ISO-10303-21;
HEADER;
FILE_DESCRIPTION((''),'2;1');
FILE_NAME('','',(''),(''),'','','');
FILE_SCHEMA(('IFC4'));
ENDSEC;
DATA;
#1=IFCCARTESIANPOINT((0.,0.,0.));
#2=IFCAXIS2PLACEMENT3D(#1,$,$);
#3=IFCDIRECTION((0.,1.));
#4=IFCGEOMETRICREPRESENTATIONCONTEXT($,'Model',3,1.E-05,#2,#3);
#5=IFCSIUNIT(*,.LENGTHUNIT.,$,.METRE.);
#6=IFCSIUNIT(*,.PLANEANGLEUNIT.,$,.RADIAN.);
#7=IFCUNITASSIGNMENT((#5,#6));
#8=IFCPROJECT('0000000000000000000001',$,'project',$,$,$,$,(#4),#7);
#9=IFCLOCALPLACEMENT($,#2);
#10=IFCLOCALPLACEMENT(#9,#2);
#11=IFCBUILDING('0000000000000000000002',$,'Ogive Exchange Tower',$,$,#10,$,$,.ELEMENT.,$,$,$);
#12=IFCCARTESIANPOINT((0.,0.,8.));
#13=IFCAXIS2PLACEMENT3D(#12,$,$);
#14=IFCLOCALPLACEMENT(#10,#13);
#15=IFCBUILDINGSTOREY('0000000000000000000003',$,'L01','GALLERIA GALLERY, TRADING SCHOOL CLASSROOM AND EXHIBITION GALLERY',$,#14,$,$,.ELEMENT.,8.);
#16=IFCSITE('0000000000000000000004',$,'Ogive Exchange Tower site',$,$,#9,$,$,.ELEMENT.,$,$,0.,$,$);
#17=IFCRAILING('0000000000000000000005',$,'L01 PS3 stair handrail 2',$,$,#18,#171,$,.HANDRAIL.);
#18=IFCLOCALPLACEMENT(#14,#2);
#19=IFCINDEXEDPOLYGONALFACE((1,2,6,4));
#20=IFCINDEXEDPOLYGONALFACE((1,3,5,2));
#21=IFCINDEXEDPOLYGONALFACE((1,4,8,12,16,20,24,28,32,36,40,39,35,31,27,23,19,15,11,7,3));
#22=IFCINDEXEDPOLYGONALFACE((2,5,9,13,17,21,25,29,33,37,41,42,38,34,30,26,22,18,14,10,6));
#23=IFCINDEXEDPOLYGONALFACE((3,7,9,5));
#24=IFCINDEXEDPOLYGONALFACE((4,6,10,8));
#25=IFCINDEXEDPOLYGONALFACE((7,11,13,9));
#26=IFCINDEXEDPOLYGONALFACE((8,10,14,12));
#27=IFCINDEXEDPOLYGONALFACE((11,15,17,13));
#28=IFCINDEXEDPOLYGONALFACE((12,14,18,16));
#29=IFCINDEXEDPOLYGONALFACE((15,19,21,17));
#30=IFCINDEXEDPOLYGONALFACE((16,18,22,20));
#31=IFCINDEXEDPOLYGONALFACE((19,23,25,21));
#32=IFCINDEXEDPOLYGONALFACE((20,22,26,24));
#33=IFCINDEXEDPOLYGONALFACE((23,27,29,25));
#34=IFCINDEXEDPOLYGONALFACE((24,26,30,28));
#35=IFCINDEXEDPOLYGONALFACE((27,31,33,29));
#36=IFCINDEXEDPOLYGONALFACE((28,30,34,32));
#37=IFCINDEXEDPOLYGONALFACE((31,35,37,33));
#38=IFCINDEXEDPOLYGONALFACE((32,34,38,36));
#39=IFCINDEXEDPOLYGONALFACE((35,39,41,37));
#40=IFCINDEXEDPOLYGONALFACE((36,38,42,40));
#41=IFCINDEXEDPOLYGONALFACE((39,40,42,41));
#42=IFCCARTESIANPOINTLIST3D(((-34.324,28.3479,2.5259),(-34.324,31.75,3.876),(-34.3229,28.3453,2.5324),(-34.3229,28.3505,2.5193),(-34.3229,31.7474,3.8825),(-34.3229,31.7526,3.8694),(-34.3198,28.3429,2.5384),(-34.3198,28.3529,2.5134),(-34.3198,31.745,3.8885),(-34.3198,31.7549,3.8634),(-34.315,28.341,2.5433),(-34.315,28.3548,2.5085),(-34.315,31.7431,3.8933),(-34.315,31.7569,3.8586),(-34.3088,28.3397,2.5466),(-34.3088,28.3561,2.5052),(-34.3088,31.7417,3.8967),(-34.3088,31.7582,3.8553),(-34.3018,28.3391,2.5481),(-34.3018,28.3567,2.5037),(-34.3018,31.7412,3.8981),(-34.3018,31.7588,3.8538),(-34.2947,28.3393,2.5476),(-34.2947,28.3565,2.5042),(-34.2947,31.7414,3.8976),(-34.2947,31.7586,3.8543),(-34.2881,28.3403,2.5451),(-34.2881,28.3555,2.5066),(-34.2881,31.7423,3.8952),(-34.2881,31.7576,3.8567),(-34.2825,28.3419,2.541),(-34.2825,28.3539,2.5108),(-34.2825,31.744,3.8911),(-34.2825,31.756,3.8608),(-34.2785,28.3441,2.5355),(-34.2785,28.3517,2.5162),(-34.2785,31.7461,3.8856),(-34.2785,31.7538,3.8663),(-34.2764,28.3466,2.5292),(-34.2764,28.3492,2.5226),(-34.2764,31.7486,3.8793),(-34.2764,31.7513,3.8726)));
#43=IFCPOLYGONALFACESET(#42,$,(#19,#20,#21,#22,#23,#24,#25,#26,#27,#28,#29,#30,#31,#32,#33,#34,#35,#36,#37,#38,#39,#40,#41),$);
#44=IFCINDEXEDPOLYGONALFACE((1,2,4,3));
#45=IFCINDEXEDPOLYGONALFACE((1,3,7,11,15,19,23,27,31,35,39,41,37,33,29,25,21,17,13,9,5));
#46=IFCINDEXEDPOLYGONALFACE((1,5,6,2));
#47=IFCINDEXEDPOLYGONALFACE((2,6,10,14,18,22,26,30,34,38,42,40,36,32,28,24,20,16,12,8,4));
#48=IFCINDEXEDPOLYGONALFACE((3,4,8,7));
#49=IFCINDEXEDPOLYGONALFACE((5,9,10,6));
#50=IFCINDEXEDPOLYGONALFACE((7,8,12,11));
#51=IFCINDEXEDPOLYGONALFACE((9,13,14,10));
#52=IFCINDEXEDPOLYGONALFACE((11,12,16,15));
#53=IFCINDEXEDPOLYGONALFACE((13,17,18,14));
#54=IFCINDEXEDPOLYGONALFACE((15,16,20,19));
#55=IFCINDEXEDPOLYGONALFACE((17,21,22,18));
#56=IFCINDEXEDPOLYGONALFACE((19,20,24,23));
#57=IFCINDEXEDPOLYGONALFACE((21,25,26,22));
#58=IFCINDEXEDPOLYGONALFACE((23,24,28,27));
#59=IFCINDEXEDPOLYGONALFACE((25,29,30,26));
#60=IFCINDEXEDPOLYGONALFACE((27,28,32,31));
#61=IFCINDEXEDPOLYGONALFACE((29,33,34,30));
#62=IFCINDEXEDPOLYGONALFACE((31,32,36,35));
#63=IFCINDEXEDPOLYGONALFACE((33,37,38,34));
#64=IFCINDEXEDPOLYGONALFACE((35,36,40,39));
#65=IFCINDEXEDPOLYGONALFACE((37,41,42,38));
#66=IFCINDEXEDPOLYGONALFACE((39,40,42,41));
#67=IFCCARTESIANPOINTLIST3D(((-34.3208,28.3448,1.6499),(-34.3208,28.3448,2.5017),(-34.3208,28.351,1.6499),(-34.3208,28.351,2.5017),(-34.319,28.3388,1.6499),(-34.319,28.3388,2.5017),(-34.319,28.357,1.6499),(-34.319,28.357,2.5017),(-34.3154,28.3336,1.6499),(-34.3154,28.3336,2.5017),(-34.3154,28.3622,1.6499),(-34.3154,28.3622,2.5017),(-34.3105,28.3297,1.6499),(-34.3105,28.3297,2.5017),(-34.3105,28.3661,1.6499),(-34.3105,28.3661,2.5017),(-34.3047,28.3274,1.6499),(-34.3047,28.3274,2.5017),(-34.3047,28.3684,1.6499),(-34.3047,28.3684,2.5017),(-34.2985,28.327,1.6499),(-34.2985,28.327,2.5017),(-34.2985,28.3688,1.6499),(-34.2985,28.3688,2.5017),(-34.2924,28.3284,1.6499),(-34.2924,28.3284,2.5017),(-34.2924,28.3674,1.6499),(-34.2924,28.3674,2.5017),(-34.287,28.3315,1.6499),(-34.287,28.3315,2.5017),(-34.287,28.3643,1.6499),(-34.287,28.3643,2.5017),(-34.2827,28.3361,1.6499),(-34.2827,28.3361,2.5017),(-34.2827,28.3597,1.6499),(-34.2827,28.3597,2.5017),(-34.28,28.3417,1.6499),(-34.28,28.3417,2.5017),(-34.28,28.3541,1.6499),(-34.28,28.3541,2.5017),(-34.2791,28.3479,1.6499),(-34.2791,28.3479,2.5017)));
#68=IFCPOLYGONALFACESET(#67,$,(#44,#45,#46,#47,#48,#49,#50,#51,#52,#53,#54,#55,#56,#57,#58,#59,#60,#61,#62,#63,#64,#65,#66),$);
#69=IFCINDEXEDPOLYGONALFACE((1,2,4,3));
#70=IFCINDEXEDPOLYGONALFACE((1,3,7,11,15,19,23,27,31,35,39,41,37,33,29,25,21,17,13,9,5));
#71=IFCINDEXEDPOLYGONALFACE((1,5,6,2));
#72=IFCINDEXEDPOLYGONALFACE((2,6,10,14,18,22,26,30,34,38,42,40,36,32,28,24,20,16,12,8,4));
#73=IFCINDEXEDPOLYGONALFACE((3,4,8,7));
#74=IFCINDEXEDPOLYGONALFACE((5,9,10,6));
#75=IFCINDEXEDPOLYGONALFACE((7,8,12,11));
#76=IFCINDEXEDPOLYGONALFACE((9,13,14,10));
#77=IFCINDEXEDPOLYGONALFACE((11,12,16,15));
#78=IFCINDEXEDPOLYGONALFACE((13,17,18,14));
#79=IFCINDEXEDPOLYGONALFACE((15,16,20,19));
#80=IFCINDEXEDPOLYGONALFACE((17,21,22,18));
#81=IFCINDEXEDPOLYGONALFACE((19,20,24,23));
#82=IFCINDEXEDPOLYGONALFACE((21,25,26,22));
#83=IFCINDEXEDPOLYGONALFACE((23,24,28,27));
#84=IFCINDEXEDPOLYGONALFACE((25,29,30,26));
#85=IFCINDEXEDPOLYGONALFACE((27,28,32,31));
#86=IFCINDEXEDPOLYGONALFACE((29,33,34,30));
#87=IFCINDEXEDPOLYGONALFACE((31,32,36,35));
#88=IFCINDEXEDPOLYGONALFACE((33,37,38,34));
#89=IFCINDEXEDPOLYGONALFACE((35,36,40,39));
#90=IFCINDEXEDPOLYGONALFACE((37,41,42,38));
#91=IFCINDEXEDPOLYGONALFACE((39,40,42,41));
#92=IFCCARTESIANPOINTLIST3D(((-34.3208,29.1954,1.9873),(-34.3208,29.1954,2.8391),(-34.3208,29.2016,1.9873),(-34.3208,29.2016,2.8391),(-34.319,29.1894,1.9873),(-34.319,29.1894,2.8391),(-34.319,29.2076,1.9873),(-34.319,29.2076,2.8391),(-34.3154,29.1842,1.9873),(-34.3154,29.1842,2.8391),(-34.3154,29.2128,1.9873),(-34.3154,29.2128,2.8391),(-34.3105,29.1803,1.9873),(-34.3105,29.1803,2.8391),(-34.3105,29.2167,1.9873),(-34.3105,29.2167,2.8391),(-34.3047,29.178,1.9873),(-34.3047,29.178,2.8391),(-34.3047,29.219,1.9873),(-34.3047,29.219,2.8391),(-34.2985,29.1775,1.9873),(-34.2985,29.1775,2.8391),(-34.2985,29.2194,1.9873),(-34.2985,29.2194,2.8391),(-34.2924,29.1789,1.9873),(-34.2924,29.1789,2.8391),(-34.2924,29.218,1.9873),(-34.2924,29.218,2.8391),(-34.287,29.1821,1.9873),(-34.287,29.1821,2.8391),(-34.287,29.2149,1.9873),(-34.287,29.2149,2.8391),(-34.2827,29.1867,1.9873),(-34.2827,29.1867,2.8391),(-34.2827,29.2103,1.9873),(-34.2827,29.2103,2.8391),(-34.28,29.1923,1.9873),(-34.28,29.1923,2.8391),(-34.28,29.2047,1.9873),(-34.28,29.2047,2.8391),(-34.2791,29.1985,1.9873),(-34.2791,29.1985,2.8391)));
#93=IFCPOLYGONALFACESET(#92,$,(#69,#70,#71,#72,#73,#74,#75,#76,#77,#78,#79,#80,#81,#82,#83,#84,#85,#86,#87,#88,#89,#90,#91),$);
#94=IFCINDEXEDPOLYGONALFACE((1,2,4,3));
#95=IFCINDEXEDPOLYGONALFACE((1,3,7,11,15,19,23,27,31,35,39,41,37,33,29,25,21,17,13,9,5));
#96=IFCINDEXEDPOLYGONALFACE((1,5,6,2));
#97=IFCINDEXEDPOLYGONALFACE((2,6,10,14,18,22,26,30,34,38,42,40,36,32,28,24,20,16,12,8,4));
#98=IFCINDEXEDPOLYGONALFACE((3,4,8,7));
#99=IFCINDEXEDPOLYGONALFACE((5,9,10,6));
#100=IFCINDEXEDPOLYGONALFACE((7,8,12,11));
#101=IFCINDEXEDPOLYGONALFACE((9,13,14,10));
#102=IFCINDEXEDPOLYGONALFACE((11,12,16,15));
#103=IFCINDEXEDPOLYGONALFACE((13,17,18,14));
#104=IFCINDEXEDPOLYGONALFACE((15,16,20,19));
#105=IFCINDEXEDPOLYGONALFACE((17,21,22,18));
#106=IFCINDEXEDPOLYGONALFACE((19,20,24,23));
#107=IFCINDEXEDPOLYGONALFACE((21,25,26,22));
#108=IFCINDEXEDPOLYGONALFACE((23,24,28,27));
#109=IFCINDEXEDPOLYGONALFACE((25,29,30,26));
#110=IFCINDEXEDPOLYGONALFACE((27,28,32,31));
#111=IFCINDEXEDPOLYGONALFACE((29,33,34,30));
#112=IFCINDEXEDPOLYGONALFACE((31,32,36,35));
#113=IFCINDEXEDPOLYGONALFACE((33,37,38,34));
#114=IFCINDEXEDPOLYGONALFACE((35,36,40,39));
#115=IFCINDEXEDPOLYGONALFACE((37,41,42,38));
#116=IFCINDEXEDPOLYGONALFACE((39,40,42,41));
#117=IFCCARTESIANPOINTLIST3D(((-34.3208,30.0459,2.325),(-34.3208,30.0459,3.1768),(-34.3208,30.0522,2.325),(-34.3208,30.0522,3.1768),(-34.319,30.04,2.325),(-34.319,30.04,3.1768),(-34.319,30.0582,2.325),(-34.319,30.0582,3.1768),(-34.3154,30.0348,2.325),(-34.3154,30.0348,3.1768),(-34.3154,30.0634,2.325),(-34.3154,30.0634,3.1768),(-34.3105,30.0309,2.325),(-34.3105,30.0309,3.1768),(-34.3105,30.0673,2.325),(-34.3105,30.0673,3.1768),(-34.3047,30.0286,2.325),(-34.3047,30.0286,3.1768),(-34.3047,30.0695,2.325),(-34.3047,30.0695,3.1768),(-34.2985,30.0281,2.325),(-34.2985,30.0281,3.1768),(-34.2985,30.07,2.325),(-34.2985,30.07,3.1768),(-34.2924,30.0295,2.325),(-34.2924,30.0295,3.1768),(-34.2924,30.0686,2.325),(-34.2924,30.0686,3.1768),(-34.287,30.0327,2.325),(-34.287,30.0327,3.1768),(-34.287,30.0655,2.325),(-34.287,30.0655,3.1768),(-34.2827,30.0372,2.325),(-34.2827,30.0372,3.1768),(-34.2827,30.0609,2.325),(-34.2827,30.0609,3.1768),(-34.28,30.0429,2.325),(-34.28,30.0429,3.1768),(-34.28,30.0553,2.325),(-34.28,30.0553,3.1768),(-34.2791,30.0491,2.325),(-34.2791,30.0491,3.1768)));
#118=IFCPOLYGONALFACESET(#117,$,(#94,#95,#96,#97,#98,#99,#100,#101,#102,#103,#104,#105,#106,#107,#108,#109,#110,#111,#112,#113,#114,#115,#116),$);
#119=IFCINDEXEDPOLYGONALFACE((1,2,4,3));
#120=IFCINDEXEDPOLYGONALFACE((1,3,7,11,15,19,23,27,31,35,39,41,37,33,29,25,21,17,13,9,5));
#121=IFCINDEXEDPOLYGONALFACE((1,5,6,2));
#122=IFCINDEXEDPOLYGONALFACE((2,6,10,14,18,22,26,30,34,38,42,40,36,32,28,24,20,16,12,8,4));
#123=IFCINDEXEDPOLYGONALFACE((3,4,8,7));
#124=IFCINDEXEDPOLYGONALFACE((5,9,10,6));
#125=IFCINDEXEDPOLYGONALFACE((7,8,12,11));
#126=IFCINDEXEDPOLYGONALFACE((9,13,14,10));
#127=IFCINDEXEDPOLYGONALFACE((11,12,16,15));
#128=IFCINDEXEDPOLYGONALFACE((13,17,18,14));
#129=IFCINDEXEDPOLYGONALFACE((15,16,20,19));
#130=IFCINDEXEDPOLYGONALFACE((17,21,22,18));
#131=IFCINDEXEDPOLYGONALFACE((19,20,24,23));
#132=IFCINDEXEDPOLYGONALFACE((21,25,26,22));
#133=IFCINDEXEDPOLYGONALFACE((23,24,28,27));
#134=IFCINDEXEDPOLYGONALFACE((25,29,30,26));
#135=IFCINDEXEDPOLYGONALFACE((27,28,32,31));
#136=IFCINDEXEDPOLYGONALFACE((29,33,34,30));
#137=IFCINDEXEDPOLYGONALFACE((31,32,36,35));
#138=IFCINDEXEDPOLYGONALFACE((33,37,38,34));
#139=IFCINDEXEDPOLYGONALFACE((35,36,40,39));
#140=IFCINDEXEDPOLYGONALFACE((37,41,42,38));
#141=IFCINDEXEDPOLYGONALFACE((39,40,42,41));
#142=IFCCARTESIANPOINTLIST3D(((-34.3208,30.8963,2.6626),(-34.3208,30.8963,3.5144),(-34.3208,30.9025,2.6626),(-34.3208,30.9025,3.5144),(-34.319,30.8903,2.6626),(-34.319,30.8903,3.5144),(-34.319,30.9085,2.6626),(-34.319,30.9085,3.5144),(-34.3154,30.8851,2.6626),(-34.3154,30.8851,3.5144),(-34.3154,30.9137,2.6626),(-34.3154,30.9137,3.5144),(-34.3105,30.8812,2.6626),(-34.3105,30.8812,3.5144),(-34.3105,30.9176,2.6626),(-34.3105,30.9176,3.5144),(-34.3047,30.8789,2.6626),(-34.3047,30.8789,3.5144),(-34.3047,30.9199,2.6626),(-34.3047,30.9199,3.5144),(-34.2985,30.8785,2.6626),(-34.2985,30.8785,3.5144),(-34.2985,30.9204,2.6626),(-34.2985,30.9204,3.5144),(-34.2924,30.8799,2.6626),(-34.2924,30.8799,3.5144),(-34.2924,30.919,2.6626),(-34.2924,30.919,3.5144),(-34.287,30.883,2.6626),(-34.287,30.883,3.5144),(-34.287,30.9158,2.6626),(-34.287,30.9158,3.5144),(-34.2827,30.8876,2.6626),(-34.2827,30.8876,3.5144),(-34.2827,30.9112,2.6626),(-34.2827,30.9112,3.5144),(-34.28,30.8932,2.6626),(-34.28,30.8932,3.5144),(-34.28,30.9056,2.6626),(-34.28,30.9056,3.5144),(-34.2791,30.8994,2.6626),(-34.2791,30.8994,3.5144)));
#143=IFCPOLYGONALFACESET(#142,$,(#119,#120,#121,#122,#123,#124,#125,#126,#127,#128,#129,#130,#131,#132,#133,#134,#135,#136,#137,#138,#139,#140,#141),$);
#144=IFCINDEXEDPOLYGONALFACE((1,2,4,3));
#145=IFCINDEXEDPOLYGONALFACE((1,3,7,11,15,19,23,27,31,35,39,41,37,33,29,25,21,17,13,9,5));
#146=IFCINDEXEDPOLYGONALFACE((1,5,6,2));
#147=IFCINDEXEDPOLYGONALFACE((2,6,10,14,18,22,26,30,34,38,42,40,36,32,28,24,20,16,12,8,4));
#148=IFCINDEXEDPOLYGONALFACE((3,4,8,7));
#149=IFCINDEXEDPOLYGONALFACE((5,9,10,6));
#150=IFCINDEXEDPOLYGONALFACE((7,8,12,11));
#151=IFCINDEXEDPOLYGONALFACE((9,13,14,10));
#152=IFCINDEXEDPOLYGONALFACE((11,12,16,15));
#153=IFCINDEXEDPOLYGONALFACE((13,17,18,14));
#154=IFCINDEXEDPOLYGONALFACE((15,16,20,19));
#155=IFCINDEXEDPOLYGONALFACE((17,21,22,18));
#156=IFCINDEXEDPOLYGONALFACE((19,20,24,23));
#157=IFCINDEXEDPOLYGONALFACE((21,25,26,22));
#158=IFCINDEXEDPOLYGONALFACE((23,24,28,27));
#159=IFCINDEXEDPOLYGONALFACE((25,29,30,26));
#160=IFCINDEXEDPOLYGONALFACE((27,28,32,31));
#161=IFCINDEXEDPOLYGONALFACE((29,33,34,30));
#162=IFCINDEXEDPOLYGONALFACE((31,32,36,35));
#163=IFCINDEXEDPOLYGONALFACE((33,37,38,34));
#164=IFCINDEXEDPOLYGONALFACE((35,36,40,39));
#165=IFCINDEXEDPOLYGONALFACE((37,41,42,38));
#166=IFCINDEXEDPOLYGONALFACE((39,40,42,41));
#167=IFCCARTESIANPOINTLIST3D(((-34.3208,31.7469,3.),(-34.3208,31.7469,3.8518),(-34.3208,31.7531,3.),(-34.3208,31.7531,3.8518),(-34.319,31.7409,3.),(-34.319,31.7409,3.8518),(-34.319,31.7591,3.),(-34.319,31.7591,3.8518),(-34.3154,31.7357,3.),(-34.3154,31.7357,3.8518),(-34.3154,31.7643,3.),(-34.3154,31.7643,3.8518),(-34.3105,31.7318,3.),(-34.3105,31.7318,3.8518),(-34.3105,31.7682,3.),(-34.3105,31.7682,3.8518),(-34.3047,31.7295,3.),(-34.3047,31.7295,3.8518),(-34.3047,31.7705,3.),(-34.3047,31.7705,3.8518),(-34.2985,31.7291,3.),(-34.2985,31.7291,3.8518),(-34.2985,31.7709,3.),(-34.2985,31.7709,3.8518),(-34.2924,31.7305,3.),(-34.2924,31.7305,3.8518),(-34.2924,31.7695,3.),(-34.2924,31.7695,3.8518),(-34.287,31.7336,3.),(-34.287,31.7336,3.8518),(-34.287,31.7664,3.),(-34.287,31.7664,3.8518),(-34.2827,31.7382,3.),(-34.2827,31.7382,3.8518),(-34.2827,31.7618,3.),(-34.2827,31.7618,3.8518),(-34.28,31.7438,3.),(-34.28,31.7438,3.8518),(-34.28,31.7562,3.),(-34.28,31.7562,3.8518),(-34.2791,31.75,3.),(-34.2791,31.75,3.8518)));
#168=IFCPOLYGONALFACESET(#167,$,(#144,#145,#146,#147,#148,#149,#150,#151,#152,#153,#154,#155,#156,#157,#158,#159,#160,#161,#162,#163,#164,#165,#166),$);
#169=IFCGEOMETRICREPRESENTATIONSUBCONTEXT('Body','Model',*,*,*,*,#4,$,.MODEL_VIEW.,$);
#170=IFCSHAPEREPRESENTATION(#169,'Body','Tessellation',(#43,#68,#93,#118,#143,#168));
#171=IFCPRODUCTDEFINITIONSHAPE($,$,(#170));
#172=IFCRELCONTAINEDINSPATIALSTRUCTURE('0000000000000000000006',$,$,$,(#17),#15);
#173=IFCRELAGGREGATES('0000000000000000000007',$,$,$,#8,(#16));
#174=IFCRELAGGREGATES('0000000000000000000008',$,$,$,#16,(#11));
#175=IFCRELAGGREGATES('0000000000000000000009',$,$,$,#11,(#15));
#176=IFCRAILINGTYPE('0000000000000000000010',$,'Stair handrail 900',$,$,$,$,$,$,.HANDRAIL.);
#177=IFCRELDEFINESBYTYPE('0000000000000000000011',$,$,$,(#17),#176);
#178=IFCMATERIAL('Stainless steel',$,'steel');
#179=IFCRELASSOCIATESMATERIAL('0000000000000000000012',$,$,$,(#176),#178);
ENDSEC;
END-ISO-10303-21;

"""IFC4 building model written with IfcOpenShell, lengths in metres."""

from ifc_helpers import new_model, si_unit, direction, frame, origin, origin_2d, place, context, subcontext, project, spatial, circle, extrude, material, type_object, element, save


model = new_model("IFC4")

# Units and contexts
model_context = context("Model", 3, precision=1e-05, world=origin(), true_north=direction((0.0, 1.0)))
body_context = subcontext(model_context, "Body", "Model", "MODEL_VIEW")
ifc_project = project(units=[si_unit("LENGTHUNIT", "METRE"), si_unit("PLANEANGLEUNIT", "RADIAN")], contexts=[model_context])

# Site, building, storey
site_placement = place(None, origin())
site = spatial("IfcSite", under=ifc_project, at=site_placement, Name="Ogive Exchange Tower site", CompositionType="ELEMENT", RefElevation=0.0)
building_placement = place(site_placement, origin())
building = spatial("IfcBuilding", under=site, at=building_placement, Name="Ogive Exchange Tower", CompositionType="ELEMENT")
storey_placement = place(building_placement, frame((0.0, 0.0, 8.0)))
storey = spatial("IfcBuildingStorey", under=building, at=storey_placement, Name="L01", Description="GALLERIA GALLERY, TRADING SCHOOL CLASSROOM AND EXHIBITION GALLERY", CompositionType="ELEMENT", Elevation=8.0)

# Railing
ifc_material_1 = material(Name="Stainless steel", Category="steel")
railing_type = type_object("IfcRailingType", Name="Stair handrail 900", PredefinedType="HANDRAIL", material=ifc_material_1)
railing_1_placement = place(storey_placement, frame((-34.3, 28.3479, 1.6499)))
element("IfcRailing", 1, at=railing_1_placement, inside=storey, type_object=railing_type, Name="L01 PS3 stair handrail 2", PredefinedType="HANDRAIL", context=body_context, shape_type="SweptSolid", body=[
    extrude(circle(Radius=0.0239, at=origin_2d()), frame((0.0, 0.0, 0.876), z_axis=(0.0, 0.929485, 0.368859), x_axis=(-1.0, 0.0, 0.0)), (0.0, 0.0, 1.0), 3.6602),
    extrude(circle(Radius=0.021, at=origin_2d()), origin(), (0.0, 0.0, 1.0), 0.8518),
    extrude(circle(Radius=0.021, at=origin_2d()), frame((0.0, 0.8506, 0.3374)), (0.0, 0.0, 1.0), 0.8518),
    extrude(circle(Radius=0.021, at=origin_2d()), frame((0.0, 1.7012, 0.675)), (0.0, 0.0, 1.0), 0.8518),
    extrude(circle(Radius=0.021, at=origin_2d()), frame((0.0, 2.5515, 1.0127)), (0.0, 0.0, 1.0), 0.8518),
    extrude(circle(Radius=0.021, at=origin_2d()), frame((0.0, 3.4021, 1.3501)), (0.0, 0.0, 1.0), 0.8518),
])

save(model, "model.ifc")
